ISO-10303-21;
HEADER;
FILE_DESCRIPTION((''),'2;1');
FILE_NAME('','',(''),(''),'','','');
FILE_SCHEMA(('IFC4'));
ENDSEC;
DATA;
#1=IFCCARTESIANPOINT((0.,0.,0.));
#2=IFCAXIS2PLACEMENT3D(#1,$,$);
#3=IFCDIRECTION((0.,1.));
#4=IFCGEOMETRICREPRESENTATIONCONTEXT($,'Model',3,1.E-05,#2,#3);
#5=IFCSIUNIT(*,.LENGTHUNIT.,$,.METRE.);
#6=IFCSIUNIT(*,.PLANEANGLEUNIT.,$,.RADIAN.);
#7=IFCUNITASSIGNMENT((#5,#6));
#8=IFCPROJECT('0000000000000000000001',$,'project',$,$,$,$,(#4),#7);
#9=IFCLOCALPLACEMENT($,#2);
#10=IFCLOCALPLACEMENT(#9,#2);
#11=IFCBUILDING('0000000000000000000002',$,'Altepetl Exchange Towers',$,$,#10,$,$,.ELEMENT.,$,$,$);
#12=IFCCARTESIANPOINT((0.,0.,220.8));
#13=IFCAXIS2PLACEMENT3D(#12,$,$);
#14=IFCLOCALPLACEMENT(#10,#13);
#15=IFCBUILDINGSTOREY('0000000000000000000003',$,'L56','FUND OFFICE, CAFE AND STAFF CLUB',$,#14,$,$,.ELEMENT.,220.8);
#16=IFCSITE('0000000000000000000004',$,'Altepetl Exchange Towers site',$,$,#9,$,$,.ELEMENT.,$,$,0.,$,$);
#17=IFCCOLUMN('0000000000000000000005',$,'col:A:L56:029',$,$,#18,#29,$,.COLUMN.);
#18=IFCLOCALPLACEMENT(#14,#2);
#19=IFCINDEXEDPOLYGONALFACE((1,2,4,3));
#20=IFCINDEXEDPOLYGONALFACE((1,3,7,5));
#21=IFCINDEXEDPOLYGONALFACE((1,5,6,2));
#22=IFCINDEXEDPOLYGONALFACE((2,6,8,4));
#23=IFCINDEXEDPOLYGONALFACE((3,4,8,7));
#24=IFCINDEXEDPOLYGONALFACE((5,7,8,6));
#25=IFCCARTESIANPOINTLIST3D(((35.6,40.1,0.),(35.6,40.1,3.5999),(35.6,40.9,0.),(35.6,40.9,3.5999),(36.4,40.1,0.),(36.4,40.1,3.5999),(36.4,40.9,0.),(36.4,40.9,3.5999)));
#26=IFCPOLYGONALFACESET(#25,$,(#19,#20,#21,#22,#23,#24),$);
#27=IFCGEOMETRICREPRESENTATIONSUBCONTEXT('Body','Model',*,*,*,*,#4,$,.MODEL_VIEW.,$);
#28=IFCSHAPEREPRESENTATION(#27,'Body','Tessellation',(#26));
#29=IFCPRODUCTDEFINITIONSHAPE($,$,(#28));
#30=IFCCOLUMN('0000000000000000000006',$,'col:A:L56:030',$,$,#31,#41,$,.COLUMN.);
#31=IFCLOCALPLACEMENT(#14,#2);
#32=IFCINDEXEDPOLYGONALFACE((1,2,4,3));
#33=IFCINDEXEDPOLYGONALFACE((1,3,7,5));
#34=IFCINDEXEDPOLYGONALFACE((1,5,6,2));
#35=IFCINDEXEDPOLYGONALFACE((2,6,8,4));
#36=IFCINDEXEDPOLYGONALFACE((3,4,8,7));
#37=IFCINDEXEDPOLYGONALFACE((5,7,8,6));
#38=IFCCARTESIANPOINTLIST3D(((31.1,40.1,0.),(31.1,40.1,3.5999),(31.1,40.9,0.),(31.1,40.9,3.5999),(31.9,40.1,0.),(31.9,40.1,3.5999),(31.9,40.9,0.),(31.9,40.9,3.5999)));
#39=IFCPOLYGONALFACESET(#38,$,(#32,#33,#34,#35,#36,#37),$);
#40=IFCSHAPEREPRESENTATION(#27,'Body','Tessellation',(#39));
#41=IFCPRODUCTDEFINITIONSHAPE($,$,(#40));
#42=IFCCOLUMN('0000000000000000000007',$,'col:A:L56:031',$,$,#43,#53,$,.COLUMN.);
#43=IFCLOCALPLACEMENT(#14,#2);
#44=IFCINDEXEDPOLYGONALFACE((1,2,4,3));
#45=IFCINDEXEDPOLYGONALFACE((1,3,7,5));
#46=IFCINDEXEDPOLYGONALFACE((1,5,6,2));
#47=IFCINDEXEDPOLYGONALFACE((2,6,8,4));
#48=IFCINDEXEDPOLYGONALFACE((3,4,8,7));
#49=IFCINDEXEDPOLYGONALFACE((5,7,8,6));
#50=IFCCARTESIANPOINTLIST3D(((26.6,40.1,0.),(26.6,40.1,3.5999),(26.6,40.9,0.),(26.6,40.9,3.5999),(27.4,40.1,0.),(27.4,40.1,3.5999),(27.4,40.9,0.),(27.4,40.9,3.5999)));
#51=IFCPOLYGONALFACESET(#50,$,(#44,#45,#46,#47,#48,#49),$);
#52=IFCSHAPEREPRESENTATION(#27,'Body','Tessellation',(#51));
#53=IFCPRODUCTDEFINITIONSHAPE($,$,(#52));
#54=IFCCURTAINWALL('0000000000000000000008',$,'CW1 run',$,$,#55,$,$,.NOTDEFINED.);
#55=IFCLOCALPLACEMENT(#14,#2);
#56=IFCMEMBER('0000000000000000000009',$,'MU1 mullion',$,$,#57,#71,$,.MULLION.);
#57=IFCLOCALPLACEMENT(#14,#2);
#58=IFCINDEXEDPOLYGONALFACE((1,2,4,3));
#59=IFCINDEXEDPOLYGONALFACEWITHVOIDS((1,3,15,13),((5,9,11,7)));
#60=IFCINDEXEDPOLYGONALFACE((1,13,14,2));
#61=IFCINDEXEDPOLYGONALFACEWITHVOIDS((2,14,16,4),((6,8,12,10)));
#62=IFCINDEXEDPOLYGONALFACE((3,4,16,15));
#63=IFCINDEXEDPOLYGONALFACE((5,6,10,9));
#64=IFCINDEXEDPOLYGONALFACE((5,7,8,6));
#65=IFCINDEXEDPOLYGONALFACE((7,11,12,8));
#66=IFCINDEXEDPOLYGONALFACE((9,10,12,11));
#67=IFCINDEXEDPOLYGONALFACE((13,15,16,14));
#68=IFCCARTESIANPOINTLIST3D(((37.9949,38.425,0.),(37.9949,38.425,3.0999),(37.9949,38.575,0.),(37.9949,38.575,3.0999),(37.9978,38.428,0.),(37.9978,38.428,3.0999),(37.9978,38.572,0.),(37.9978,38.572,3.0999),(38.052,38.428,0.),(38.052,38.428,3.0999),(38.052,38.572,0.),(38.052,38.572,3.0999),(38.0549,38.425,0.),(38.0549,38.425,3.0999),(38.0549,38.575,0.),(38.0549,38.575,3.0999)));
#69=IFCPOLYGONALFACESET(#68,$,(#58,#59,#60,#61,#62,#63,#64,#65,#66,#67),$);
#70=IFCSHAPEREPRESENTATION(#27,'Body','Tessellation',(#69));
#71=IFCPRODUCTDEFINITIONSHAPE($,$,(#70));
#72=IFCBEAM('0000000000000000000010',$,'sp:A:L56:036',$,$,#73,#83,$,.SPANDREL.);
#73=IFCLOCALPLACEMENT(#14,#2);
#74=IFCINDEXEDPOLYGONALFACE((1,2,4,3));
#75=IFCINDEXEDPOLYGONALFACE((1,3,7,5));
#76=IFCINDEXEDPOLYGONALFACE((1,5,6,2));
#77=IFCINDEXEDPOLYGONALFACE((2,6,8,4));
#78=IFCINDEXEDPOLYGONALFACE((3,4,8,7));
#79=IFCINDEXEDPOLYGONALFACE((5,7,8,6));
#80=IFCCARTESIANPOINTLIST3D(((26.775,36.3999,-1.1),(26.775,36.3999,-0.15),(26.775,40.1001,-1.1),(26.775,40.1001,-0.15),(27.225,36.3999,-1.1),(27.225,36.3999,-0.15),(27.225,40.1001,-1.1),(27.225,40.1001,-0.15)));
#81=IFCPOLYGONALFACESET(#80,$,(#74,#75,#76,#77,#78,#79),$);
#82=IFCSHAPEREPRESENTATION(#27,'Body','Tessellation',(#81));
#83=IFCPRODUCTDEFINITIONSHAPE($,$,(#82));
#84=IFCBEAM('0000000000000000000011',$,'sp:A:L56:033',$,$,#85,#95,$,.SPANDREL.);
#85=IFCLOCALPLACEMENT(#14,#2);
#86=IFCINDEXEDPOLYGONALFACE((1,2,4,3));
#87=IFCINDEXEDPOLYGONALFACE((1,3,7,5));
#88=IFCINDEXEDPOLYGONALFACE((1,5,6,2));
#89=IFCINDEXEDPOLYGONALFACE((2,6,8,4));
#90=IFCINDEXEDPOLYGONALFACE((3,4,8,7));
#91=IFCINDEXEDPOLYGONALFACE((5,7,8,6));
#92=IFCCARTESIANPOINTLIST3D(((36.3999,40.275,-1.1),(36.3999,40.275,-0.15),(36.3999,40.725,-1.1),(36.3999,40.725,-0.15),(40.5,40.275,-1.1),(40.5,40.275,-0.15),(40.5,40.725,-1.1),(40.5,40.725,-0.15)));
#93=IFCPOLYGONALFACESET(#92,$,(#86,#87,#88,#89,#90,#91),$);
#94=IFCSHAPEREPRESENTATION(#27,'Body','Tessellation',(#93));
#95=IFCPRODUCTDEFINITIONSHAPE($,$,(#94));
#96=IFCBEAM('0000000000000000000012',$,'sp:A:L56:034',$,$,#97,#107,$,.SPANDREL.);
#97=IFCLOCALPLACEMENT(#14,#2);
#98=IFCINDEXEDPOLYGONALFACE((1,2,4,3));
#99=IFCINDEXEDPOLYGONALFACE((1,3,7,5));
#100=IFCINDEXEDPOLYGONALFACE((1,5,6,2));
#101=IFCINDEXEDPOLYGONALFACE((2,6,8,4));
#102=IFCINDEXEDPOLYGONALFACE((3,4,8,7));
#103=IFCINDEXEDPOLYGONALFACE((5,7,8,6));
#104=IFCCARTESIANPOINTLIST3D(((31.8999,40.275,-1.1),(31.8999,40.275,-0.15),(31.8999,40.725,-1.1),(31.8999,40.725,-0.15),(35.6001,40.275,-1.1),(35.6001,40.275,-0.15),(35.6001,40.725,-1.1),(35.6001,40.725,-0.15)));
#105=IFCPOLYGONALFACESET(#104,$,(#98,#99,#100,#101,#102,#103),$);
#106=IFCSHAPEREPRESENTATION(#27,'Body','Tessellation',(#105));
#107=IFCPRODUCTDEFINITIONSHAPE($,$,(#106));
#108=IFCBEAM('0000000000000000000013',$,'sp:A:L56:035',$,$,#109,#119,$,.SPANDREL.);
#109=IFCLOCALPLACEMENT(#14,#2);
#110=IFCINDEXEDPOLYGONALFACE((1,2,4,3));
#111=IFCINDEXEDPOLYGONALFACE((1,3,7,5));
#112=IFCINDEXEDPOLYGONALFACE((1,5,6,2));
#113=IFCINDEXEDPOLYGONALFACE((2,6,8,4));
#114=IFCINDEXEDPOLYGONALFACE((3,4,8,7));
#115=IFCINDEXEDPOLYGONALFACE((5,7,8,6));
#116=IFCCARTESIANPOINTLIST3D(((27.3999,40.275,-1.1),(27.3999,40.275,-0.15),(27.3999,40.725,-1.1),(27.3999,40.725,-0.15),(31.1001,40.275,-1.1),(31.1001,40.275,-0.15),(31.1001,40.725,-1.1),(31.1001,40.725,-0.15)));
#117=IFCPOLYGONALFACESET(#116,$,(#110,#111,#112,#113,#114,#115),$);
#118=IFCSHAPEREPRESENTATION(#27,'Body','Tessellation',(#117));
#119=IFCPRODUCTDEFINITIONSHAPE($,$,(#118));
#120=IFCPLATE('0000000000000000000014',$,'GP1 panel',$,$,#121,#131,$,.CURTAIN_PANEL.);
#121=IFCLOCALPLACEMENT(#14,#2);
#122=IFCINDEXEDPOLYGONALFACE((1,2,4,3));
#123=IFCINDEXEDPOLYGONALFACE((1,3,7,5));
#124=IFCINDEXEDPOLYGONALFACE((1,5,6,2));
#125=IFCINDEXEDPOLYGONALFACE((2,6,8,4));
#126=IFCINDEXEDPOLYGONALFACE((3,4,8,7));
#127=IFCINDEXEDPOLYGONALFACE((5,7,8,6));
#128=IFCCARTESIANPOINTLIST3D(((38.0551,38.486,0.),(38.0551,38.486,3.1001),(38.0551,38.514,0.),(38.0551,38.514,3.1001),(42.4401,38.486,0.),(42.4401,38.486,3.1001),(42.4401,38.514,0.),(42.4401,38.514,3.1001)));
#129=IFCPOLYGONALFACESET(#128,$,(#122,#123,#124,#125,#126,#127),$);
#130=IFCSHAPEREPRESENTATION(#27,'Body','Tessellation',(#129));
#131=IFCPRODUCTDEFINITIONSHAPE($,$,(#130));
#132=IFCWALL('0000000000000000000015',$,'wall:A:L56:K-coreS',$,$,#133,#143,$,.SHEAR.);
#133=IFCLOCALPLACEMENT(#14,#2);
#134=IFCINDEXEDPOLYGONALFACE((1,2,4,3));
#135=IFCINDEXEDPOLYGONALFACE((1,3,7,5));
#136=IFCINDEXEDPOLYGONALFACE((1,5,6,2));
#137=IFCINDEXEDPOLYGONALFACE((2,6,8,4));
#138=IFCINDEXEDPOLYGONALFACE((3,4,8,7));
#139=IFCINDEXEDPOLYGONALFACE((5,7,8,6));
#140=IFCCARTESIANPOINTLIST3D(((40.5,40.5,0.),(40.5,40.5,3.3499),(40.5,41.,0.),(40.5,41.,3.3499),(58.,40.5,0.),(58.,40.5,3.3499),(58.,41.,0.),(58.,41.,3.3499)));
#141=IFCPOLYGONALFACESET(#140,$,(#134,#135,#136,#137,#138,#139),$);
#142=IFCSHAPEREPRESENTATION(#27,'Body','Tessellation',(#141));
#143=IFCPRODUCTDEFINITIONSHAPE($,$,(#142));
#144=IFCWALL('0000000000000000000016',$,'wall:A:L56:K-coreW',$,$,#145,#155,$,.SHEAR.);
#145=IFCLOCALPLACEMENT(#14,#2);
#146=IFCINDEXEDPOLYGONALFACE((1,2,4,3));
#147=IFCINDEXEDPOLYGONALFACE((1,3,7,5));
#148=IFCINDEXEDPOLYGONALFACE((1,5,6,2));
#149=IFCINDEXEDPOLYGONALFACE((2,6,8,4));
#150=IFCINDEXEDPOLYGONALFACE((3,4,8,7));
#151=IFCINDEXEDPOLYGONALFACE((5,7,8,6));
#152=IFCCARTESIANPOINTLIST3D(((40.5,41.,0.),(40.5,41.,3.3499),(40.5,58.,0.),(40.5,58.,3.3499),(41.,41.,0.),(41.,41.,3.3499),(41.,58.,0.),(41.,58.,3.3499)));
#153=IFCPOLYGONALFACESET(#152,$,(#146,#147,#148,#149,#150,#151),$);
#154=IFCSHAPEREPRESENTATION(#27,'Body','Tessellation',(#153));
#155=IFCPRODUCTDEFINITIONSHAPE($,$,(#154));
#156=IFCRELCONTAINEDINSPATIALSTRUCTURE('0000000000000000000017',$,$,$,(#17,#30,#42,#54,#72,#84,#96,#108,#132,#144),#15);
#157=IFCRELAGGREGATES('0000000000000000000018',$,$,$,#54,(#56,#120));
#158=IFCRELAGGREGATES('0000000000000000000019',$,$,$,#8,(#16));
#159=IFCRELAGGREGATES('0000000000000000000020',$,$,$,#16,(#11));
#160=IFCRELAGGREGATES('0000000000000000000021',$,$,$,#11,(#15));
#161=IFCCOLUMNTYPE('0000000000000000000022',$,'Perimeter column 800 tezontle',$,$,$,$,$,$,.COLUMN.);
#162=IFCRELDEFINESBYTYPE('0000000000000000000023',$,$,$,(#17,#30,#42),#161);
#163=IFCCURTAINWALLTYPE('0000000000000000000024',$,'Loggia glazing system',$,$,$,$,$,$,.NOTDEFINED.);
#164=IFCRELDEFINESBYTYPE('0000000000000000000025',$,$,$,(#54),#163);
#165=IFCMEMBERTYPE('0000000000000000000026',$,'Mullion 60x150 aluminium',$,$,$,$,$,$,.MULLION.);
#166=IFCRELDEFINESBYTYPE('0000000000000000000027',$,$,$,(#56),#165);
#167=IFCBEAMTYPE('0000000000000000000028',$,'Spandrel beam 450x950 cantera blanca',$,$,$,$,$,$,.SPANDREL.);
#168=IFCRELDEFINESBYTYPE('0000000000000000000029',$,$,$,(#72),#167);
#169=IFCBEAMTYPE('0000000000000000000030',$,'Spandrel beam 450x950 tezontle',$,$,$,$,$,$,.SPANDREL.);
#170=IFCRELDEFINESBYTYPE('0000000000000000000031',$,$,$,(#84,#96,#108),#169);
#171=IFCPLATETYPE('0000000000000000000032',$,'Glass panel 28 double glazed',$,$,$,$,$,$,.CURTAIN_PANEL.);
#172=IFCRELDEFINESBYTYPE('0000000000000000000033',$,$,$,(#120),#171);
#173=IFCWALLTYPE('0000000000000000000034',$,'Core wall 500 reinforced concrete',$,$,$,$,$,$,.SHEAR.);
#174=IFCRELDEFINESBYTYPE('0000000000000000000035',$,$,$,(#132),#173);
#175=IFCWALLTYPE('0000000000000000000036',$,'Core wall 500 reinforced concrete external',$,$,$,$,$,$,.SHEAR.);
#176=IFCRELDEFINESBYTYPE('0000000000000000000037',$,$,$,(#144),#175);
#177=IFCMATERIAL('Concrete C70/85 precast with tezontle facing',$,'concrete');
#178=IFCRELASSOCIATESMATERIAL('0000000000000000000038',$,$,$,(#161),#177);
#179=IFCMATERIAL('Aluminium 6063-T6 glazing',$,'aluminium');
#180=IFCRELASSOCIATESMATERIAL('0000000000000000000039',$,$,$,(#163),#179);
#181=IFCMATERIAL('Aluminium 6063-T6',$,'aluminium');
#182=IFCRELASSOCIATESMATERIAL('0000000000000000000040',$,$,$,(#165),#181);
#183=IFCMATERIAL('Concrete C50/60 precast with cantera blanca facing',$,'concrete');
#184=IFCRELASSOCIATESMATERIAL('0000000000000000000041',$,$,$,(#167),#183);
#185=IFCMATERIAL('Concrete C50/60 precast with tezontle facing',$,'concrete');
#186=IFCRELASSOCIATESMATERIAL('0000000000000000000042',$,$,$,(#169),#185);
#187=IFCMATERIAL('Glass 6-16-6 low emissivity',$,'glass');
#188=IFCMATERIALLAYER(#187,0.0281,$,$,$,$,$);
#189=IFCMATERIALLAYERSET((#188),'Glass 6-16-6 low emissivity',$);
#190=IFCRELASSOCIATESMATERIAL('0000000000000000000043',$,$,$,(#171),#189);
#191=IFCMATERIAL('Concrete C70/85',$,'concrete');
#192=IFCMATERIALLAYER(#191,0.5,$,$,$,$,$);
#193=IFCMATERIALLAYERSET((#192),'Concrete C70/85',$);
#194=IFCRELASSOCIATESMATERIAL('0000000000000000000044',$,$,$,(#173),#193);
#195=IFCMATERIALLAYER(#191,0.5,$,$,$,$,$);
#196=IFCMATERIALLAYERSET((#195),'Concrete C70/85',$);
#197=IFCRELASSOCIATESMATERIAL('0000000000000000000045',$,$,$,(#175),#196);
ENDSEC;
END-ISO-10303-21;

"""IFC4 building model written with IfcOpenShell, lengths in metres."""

from ifc_helpers import new_model, si_unit, direction, frame, frame_2d, origin, origin_2d, place, context, subcontext, project, spatial, rectangle, hollow_rectangle, extrude, material, layer, layer_set, material_profile, profile_set, type_object, element, aggregate, save


model = new_model("IFC4")

# Units and contexts
model_context = context("Model", 3, precision=1e-05, world=origin(), true_north=direction((0.0, 1.0)))
body_context = subcontext(model_context, "Body", "Model", "MODEL_VIEW")
ifc_project = project(units=[si_unit("LENGTHUNIT", "METRE"), si_unit("PLANEANGLEUNIT", "RADIAN")], contexts=[model_context])

# Site, building, storey
site_placement = place(None, origin())
site = spatial("IfcSite", under=ifc_project, at=site_placement, Name="Altepetl Exchange Towers site", CompositionType="ELEMENT", RefElevation=0.0)
building_placement = place(site_placement, origin())
building = spatial("IfcBuilding", under=site, at=building_placement, Name="Altepetl Exchange Towers", CompositionType="ELEMENT")
storey_placement = place(building_placement, frame((0.0, 0.0, 220.8)))
storey = spatial("IfcBuildingStorey", under=building, at=storey_placement, Name="L56", Description="FUND OFFICE, CAFE AND STAFF CLUB", CompositionType="ELEMENT", Elevation=220.8)

# Columns
ifc_material_1 = material(Name="Concrete C70/85 precast with tezontle facing", Category="concrete")
ifc_material_profile_1 = material_profile(ifc_material_1, rectangle(XDim=0.8, YDim=0.8, at=origin_2d()), Name="800 x 800")
ifc_profile_set_1 = profile_set([ifc_material_profile_1], Name="Concrete C70/85 precast with tezontle facing")
column_type = type_object("IfcColumnType", Name="Perimeter column 800 tezontle", PredefinedType="COLUMN", material=ifc_profile_set_1)
for number, where, name in (
    (1, (36.0, 40.5, 0.0), "col:A:L56:029"),
    (2, (31.5, 40.5, 0.0), "col:A:L56:030"),
    (3, (27.0, 40.5, 0.0), "col:A:L56:031"),
):
    element("IfcColumn", number, at=place(storey_placement, frame(where)), inside=storey, type_object=column_type, Name=name, PredefinedType="COLUMN", context=body_context, shape_type="SweptSolid", body=[
        extrude(rectangle(XDim=0.8, YDim=0.8, at=origin_2d()), origin(), (0.0, 0.0, 1.0), 3.5999),
    ])

# Curtain wall, member
ifc_material_2 = material(Name="Aluminium 6063-T6 glazing", Category="aluminium")
curtain_wall_type = type_object("IfcCurtainWallType", Name="Loggia glazing system", PredefinedType="NOTDEFINED", material=ifc_material_2)
curtain_wall_placement = place(storey_placement, origin())
curtain_wall = element("IfcCurtainWall", 4, at=curtain_wall_placement, inside=storey, type_object=curtain_wall_type, Name="CW1 run", PredefinedType="NOTDEFINED")
ifc_material_3 = material(Name="Aluminium 6063-T6", Category="aluminium")
ifc_material_profile_2 = material_profile(ifc_material_3, hollow_rectangle(XDim=0.0601, YDim=0.1499, WallThickness=0.0029, at=origin_2d()), Name="Mullion 60x150 aluminium")
ifc_profile_set_2 = profile_set([ifc_material_profile_2], Name="Aluminium 6063-T6")
member_type = type_object("IfcMemberType", Name="Mullion 60x150 aluminium", PredefinedType="MULLION", material=ifc_profile_set_2)
member_placement = place(storey_placement, frame((38.0249, 38.5, 0.0), z_axis=(0.0, 0.0, 1.0), x_axis=(-1.0, 0.0, 0.0)))
member = element("IfcMember", 5, at=member_placement, type_object=member_type, Name="MU1 mullion", PredefinedType="MULLION", context=body_context, shape_type="SweptSolid", body=[
    extrude(hollow_rectangle(XDim=0.0601, YDim=0.1499, WallThickness=0.0029, at=origin_2d()), origin(), (0.0, 0.0, 1.0), 3.0999),
])

# Beams
ifc_material_4 = material(Name="Concrete C50/60 precast with cantera blanca facing", Category="concrete")
ifc_material_profile_3 = material_profile(ifc_material_4, rectangle(XDim=0.45, YDim=0.95, at=origin_2d()), Name="450 x 950")
ifc_profile_set_3 = profile_set([ifc_material_profile_3], Name="Concrete C50/60 precast with cantera blanca facing")
beam_type_1 = type_object("IfcBeamType", Name="Spandrel beam 450x950 cantera blanca", PredefinedType="SPANDREL", material=ifc_profile_set_3)
beam_1_placement = place(storey_placement, frame((27.0, 40.1001, -0.625), z_axis=(0.0, -1.0, 0.0), x_axis=(1.0, 0.0, 0.0)))
element("IfcBeam", 6, at=beam_1_placement, inside=storey, type_object=beam_type_1, Name="sp:A:L56:036", PredefinedType="SPANDREL", context=body_context, shape_type="SweptSolid", body=[
    extrude(rectangle(XDim=0.45, YDim=0.95, at=origin_2d()), origin(), (0.0, 0.0, 1.0), 3.7002),
])
ifc_material_5 = material(Name="Concrete C50/60 precast with tezontle facing", Category="concrete")
ifc_material_profile_4 = material_profile(ifc_material_5, rectangle(XDim=0.45, YDim=0.95, at=origin_2d()), Name="450 x 950")
ifc_profile_set_4 = profile_set([ifc_material_profile_4], Name="Concrete C50/60 precast with tezontle facing")
beam_type_2 = type_object("IfcBeamType", Name="Spandrel beam 450x950 tezontle", PredefinedType="SPANDREL", material=ifc_profile_set_4)
beam_2_placement = place(storey_placement, frame((40.5, 40.5, -0.625), z_axis=(-1.0, 0.0, 0.0), x_axis=(0.0, -1.0, 0.0)))
element("IfcBeam", 7, at=beam_2_placement, inside=storey, type_object=beam_type_2, Name="sp:A:L56:033", PredefinedType="SPANDREL", context=body_context, shape_type="SweptSolid", body=[
    extrude(rectangle(XDim=0.45, YDim=0.95, at=origin_2d()), origin(), (0.0, 0.0, 1.0), 4.1001),
])
for number, where, z_axis, x_axis, name in (
    (8, (35.6001, 40.5, -0.625), (-1.0, 0.0, 0.0), (0.0, -1.0, 0.0), "sp:A:L56:034"),
    (9, (31.1001, 40.5, -0.625), (-1.0, 0.0, 0.0), (0.0, -1.0, 0.0), "sp:A:L56:035"),
):
    element("IfcBeam", number, at=place(storey_placement, frame(where, z_axis=z_axis, x_axis=x_axis)), inside=storey, type_object=beam_type_2, Name=name, PredefinedType="SPANDREL", context=body_context, shape_type="SweptSolid", body=[
        extrude(rectangle(XDim=0.45, YDim=0.95, at=origin_2d()), origin(), (0.0, 0.0, 1.0), 3.7002),
    ])

# Plate
ifc_material_6 = material(Name="Glass 6-16-6 low emissivity", Category="glass")
ifc_layer_1 = layer(ifc_material_6, 0.0281)
ifc_layer_set_1 = layer_set([ifc_layer_1], Name="Glass 6-16-6 low emissivity")
plate_type = type_object("IfcPlateType", Name="Glass panel 28 double glazed", PredefinedType="CURTAIN_PANEL", material=ifc_layer_set_1)
plate_placement = place(storey_placement, frame((40.2476, 38.5, 0.0), z_axis=(0.0, 0.0, 1.0), x_axis=(-1.0, 0.0, 0.0)))
plate = element("IfcPlate", 10, at=plate_placement, type_object=plate_type, Name="GP1 panel", PredefinedType="CURTAIN_PANEL", context=body_context, shape_type="SweptSolid", body=[
    extrude(rectangle(XDim=4.385, YDim=0.0281, at=origin_2d()), origin(), (0.0, 0.0, 1.0), 3.1001),
])
aggregate(curtain_wall, [member, plate])

# Walls
ifc_material_7 = material(Name="Concrete C70/85", Category="concrete")
ifc_layer_2 = layer(ifc_material_7, 0.5)
ifc_layer_set_2 = layer_set([ifc_layer_2], Name="Concrete C70/85")
wall_type_1 = type_object("IfcWallType", Name="Core wall 500 reinforced concrete", PredefinedType="SHEAR", material=ifc_layer_set_2)
wall_1_placement = place(storey_placement, frame((40.5, 40.75, 0.0)))
element("IfcWall", 11, at=wall_1_placement, inside=storey, type_object=wall_type_1, Name="wall:A:L56:K-coreS", PredefinedType="SHEAR", context=body_context, shape_type="SweptSolid", body=[
    extrude(rectangle(XDim=17.5, YDim=0.5, at=frame_2d((8.75, 0.0))), origin(), (0.0, 0.0, 1.0), 3.3499),
])
ifc_layer_3 = layer(ifc_material_7, 0.5)
ifc_layer_set_3 = layer_set([ifc_layer_3], Name="Concrete C70/85")
wall_type_2 = type_object("IfcWallType", Name="Core wall 500 reinforced concrete external", PredefinedType="SHEAR", material=ifc_layer_set_3)
wall_2_placement = place(storey_placement, frame((40.75, 41.0, 0.0), z_axis=(0.0, 0.0, 1.0), x_axis=(0.0, 1.0, 0.0)))
element("IfcWall", 12, at=wall_2_placement, inside=storey, type_object=wall_type_2, Name="wall:A:L56:K-coreW", PredefinedType="SHEAR", context=body_context, shape_type="SweptSolid", body=[
    extrude(rectangle(XDim=17.0, YDim=0.5, at=frame_2d((8.5, 0.0))), origin(), (0.0, 0.0, 1.0), 3.3499),
])

save(model, "model.ifc")
